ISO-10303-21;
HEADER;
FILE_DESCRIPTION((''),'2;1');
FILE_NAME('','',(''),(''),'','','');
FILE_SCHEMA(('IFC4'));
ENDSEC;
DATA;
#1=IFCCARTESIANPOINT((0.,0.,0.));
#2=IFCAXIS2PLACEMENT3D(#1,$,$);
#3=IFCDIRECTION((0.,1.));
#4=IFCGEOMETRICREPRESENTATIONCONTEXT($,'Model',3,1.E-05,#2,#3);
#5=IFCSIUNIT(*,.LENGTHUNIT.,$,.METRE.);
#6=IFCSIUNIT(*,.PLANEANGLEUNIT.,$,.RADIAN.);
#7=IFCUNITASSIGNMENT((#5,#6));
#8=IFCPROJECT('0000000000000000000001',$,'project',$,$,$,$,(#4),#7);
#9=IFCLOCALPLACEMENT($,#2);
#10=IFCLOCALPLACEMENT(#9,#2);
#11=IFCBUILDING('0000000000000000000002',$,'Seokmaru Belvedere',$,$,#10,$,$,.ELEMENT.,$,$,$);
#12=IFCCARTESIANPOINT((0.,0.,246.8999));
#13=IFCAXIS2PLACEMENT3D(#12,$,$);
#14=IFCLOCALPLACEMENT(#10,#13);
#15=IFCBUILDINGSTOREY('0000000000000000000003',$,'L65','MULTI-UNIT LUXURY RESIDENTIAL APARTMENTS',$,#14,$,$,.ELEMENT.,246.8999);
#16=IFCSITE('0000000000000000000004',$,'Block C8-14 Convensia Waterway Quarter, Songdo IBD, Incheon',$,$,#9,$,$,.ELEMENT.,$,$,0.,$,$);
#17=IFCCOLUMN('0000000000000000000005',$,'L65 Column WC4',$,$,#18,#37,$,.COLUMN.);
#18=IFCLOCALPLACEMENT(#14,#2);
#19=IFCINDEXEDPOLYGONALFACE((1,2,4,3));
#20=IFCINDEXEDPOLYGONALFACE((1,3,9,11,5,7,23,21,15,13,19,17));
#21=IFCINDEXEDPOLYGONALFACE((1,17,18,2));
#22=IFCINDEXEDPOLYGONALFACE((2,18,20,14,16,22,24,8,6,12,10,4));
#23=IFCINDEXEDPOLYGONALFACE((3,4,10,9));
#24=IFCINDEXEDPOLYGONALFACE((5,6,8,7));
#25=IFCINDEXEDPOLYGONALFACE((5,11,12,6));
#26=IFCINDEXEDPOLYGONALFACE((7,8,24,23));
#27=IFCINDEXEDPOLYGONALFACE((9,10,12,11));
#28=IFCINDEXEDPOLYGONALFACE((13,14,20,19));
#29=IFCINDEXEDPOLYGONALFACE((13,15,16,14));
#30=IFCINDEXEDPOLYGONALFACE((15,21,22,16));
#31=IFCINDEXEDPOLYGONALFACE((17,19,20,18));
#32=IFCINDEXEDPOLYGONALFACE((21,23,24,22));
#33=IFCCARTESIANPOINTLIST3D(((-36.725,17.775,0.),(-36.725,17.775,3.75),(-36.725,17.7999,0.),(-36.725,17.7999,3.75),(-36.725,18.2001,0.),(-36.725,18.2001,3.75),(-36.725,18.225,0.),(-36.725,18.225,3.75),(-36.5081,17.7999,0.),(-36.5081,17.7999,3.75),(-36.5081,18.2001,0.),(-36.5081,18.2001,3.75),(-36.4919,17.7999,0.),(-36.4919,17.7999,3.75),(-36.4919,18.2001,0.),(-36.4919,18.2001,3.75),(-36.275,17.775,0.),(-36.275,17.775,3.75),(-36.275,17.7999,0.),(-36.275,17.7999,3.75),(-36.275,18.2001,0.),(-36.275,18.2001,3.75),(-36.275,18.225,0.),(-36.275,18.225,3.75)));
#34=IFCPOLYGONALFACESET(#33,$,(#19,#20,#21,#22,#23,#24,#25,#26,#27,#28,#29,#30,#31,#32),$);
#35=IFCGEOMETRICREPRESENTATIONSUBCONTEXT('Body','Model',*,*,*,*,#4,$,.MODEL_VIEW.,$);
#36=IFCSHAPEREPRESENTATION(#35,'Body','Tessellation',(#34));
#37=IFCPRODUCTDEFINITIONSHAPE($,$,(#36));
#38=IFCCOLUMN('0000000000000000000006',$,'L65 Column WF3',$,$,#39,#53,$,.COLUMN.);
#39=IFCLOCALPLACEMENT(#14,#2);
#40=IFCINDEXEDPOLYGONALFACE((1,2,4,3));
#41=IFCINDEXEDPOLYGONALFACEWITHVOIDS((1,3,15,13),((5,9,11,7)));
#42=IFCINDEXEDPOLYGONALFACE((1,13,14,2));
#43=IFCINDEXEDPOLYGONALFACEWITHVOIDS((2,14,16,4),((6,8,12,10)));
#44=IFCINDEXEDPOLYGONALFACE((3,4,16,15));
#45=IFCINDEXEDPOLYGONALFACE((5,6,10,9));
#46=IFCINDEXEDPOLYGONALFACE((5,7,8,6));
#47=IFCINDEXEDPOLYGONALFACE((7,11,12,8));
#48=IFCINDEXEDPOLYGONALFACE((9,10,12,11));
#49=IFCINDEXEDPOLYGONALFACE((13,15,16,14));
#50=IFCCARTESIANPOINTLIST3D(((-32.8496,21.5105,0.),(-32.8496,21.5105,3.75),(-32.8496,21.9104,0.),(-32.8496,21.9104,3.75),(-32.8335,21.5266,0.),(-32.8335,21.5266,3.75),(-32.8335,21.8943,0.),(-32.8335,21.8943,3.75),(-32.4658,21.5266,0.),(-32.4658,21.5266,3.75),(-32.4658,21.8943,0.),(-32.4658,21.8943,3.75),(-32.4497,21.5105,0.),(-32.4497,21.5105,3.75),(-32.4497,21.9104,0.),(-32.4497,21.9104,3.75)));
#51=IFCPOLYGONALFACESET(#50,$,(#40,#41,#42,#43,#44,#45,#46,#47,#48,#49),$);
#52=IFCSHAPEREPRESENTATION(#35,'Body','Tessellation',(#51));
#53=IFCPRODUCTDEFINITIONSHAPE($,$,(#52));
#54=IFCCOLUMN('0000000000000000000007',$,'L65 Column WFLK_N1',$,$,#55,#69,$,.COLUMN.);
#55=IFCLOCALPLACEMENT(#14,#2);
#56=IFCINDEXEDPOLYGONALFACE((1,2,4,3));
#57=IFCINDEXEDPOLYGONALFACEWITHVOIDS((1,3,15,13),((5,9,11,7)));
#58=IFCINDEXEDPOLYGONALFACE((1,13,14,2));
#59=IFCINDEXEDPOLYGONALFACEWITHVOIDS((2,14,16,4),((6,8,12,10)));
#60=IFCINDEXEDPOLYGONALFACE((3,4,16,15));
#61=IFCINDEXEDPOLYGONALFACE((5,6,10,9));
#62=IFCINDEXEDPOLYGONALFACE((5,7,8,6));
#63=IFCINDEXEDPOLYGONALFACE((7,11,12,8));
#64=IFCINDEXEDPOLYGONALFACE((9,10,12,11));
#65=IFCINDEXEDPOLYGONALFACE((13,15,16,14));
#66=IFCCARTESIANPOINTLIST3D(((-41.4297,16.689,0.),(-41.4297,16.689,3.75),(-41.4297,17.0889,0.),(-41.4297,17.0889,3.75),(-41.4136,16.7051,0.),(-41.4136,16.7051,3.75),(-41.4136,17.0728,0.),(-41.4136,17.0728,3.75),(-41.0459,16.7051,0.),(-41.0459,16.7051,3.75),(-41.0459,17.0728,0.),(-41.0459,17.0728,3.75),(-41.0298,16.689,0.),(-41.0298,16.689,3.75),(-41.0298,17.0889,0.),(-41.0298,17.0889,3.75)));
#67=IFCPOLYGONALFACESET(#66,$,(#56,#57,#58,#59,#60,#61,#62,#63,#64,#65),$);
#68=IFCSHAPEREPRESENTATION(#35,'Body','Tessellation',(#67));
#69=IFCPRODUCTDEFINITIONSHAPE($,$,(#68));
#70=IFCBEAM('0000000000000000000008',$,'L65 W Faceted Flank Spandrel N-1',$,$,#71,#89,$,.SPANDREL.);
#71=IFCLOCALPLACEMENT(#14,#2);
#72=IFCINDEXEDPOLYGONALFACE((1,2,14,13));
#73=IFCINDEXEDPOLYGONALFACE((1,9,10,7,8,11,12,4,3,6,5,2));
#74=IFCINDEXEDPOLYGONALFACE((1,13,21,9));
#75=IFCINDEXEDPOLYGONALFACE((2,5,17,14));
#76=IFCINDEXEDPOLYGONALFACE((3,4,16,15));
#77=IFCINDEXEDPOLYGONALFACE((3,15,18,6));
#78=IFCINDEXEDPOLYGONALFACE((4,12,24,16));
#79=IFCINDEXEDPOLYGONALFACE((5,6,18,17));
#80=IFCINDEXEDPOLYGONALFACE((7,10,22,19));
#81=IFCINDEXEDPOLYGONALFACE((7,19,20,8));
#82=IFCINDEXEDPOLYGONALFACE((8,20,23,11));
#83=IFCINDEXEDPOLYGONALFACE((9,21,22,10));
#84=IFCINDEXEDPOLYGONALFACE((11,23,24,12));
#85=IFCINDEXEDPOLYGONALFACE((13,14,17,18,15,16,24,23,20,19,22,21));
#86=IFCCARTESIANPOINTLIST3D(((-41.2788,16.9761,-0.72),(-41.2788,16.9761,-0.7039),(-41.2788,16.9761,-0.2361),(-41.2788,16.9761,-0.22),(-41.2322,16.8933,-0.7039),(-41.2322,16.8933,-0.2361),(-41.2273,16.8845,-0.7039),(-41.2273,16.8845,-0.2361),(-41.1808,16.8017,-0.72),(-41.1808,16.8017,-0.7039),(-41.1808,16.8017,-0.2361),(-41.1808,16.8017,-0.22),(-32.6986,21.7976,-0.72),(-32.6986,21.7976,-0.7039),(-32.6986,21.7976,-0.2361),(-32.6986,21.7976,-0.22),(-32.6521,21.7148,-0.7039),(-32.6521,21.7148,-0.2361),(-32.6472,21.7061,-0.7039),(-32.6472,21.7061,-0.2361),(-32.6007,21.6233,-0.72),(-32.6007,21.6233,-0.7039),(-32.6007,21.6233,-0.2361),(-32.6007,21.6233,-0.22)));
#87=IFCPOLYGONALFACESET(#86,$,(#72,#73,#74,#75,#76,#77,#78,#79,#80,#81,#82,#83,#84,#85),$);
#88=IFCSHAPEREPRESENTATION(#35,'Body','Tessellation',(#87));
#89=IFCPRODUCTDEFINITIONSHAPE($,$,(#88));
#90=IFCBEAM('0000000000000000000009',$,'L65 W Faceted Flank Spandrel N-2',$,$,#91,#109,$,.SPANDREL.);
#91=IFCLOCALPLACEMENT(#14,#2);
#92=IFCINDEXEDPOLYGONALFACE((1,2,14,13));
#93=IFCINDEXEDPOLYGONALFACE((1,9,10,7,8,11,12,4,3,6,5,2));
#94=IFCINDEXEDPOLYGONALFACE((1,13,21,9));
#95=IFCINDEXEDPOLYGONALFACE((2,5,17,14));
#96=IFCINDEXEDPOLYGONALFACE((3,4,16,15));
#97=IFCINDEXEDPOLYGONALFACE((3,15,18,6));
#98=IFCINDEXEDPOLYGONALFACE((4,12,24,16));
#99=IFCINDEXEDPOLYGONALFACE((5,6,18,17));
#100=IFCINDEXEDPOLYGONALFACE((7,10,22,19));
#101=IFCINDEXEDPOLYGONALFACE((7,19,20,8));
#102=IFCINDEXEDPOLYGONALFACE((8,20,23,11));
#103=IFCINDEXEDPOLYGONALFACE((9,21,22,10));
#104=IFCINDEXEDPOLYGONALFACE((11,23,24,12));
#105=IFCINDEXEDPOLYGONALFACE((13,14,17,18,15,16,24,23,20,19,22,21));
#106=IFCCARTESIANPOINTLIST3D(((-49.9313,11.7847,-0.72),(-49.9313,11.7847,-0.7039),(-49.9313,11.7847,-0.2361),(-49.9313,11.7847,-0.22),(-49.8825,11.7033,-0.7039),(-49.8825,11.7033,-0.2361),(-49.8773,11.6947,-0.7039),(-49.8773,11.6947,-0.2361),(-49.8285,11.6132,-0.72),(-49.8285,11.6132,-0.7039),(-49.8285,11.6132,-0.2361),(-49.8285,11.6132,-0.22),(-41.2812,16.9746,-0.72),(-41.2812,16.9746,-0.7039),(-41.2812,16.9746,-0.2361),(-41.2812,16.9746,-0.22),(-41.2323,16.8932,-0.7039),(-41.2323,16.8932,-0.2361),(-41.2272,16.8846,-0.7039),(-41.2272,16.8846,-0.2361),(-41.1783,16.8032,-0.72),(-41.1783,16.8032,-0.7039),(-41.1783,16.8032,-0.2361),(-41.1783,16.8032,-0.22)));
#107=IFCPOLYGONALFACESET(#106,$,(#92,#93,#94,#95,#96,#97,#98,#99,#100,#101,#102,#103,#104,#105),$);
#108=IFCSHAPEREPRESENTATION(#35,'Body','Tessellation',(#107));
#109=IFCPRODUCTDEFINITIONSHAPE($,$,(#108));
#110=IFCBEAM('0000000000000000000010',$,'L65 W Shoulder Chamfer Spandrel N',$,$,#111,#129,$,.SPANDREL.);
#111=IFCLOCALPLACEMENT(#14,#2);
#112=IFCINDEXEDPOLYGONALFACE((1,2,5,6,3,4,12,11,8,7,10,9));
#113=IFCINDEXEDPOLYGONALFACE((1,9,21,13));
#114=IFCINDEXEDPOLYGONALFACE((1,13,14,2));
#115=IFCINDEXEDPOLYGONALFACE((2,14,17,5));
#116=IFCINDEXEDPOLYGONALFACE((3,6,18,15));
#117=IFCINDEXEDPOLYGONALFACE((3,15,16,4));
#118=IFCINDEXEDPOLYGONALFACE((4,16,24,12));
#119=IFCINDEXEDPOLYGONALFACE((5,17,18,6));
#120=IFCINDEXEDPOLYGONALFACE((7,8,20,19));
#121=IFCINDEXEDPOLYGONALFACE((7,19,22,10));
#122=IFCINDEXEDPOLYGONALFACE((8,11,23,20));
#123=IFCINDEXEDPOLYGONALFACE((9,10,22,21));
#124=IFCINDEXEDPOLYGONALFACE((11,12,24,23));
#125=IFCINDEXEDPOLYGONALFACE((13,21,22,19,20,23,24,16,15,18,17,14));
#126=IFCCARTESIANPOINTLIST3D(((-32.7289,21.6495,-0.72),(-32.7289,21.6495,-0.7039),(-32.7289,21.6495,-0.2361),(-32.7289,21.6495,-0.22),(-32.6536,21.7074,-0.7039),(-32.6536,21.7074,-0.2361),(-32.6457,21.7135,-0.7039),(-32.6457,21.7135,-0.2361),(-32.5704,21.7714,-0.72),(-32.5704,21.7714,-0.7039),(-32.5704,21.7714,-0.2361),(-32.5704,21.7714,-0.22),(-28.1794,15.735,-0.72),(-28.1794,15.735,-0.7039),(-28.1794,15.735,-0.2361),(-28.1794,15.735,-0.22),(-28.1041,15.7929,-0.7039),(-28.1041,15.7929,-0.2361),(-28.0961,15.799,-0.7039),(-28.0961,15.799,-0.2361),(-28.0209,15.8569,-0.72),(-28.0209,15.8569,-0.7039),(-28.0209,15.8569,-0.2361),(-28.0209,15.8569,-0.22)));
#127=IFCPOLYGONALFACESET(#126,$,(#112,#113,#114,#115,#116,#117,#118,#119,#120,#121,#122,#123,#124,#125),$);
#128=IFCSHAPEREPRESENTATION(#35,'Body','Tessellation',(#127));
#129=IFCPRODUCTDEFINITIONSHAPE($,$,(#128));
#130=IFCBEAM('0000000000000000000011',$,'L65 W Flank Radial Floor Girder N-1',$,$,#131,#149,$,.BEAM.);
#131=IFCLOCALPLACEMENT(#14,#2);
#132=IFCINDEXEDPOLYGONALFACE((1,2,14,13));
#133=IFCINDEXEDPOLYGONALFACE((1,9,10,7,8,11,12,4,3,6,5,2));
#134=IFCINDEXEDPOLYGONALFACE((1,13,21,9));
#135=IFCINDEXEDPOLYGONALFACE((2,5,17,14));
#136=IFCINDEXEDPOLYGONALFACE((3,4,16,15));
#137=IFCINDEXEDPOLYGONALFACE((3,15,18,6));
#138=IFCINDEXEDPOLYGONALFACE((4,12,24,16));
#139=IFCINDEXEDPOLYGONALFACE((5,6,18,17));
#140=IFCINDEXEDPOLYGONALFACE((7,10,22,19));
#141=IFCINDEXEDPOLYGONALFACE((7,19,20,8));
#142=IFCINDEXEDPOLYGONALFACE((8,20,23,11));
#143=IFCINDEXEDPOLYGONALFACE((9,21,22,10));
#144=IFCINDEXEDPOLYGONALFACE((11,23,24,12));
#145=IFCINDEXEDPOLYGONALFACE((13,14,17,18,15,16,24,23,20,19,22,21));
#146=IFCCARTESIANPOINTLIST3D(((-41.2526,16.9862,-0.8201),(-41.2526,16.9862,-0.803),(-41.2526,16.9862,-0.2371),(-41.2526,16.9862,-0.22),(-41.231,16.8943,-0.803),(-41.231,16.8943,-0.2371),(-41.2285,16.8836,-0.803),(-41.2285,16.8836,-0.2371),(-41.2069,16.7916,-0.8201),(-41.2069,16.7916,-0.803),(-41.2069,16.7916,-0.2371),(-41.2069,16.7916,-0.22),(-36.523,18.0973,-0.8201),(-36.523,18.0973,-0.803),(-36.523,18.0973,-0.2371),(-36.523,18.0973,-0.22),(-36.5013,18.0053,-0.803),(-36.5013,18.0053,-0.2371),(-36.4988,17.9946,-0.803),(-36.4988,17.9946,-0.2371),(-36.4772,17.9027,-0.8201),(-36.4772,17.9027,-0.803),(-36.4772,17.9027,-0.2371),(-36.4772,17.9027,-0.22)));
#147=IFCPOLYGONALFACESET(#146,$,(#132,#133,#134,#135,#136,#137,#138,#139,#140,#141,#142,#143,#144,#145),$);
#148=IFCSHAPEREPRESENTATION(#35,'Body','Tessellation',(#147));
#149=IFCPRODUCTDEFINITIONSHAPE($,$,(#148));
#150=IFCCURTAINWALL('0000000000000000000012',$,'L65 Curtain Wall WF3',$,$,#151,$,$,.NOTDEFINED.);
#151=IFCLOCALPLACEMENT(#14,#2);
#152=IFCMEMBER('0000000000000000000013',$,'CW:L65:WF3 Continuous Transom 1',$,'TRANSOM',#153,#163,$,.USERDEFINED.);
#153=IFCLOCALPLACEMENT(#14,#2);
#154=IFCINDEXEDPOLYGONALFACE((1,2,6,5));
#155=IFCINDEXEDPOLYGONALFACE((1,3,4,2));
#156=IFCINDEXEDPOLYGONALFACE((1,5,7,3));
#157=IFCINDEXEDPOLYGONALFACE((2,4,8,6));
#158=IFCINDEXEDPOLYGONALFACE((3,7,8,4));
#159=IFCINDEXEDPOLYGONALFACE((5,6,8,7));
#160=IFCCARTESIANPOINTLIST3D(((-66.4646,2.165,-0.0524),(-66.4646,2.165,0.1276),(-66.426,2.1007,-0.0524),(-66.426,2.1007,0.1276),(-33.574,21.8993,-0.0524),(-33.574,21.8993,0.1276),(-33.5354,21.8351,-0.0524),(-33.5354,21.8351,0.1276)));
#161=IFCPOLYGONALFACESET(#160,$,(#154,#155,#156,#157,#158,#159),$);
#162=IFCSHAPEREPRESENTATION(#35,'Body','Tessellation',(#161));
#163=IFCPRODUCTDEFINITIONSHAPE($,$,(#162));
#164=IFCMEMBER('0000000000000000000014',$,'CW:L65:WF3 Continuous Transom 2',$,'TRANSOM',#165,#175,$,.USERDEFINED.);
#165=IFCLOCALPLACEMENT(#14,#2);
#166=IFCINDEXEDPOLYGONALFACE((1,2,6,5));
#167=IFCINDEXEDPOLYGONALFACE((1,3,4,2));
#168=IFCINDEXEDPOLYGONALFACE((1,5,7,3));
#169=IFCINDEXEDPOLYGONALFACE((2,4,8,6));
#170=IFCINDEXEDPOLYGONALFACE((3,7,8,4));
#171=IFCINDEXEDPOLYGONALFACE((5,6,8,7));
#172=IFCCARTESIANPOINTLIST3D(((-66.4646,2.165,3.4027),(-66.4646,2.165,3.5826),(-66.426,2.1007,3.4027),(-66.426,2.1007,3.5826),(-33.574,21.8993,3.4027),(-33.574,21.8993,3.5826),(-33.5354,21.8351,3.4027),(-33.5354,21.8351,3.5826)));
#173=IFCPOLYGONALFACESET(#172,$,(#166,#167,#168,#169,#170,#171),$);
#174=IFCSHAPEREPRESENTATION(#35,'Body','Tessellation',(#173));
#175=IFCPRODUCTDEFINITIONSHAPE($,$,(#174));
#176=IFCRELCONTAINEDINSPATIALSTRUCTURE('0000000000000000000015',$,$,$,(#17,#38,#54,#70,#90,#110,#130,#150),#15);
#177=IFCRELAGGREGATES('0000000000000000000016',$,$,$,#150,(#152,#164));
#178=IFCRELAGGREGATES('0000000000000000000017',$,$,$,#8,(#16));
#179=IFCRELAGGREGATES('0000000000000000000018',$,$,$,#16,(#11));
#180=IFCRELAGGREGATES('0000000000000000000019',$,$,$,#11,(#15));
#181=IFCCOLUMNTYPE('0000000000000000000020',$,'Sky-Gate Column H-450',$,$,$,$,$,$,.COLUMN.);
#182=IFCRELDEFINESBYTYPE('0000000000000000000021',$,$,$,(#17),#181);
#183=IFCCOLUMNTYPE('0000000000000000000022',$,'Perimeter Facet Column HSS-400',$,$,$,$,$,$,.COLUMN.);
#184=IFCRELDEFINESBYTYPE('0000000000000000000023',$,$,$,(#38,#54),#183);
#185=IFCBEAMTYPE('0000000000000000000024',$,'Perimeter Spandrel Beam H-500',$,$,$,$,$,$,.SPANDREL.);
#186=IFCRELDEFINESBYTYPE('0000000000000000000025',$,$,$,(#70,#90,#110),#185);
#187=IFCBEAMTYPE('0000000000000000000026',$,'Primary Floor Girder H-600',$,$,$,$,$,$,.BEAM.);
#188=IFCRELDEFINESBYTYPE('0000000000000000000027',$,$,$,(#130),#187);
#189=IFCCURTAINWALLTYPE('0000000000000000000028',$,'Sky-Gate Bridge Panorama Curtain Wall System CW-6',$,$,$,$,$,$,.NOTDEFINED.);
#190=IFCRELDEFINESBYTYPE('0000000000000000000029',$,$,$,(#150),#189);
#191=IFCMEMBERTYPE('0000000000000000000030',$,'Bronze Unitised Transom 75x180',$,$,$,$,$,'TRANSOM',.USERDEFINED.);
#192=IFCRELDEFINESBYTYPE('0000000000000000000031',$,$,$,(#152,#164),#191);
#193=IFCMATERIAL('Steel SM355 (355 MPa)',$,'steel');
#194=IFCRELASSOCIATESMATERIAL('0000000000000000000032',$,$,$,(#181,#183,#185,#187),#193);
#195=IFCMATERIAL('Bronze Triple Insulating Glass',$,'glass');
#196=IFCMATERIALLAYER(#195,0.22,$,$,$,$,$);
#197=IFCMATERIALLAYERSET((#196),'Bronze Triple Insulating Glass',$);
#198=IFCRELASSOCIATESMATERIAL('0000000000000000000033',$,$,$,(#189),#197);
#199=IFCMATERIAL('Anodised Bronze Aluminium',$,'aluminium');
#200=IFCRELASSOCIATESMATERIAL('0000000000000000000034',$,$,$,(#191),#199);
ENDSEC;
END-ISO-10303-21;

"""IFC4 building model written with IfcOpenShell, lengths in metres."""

from ifc_helpers import new_model, si_unit, direction, frame, origin, origin_2d, place, context, subcontext, project, spatial, rectangle, hollow_rectangle, i_section, extrude, source, transform, mapped, material, layer, layer_set, material_profile, profile_set, type_object, type_shapes, element, aggregate, save


model = new_model("IFC4")

# Units and contexts
model_context = context("Model", 3, precision=1e-05, world=origin(), true_north=direction((0.0, 1.0)))
body_context = subcontext(model_context, "Body", "Model", "MODEL_VIEW")
ifc_project = project(units=[si_unit("LENGTHUNIT", "METRE"), si_unit("PLANEANGLEUNIT", "RADIAN")], contexts=[model_context])

# Site, building, storey
site_placement = place(None, origin())
site = spatial("IfcSite", under=ifc_project, at=site_placement, Name="Block C8-14 Convensia Waterway Quarter, Songdo IBD, Incheon", CompositionType="ELEMENT", RefElevation=0.0)
building_placement = place(site_placement, origin())
building = spatial("IfcBuilding", under=site, at=building_placement, Name="Seokmaru Belvedere", CompositionType="ELEMENT")
storey_placement = place(building_placement, frame((0.0, 0.0, 246.8999)))
storey = spatial("IfcBuildingStorey", under=building, at=storey_placement, Name="L65", Description="MULTI-UNIT LUXURY RESIDENTIAL APARTMENTS", CompositionType="ELEMENT", Elevation=246.8999)

# Columns
ifc_material_1 = material(Name="Steel SM355 (355 MPa)", Category="steel")
ifc_material_profile_1 = material_profile(ifc_material_1, i_section(OverallWidth=0.45, OverallDepth=0.45, WebThickness=0.0161, FlangeThickness=0.0249, at=origin_2d()), Name="H-450x450x16x25")
ifc_profile_set_1 = profile_set([ifc_material_profile_1], Name="Steel SM355 (355 MPa)")
column_type_1 = type_object("IfcColumnType", Name="Sky-Gate Column H-450", PredefinedType="COLUMN", material=ifc_profile_set_1)
shared_shape_1 = source(origin(), body_context, "Body", "SweptSolid", [
    extrude(i_section(OverallWidth=0.45, OverallDepth=0.45, WebThickness=0.0161, FlangeThickness=0.0249, at=origin_2d()), origin(), (0.0, 0.0, 1.0), 3.75),
])
type_shapes(column_type_1, [shared_shape_1])
column_placement = place(storey_placement, frame((-36.5, 18.0, 0.0), z_axis=(0.0, 0.0, 1.0), x_axis=(1.0, 0.0, 0.0)))
element("IfcColumn", 1, at=column_placement, inside=storey, type_object=column_type_1, Name="L65 Column WC4", PredefinedType="COLUMN", context=body_context, shape_type="MappedRepresentation", body=[
    mapped(shared_shape_1, transform((0.0, 0.0, 0.0), scale=1.0)),
])
ifc_material_profile_2 = material_profile(ifc_material_1, hollow_rectangle(XDim=0.3999, YDim=0.3999, WallThickness=0.0161, at=origin_2d()), Name="HSS-400x400x16")
ifc_profile_set_2 = profile_set([ifc_material_profile_2], Name="Steel SM355 (355 MPa)")
column_type_2 = type_object("IfcColumnType", Name="Perimeter Facet Column HSS-400", PredefinedType="COLUMN", material=ifc_profile_set_2)
shared_shape_2 = source(origin(), body_context, "Body", "SweptSolid", [
    extrude(hollow_rectangle(XDim=0.3999, YDim=0.3999, WallThickness=0.0161, at=origin_2d()), origin(), (0.0, 0.0, 1.0), 3.75),
])
type_shapes(column_type_2, [shared_shape_2])
for number, where, z_axis, x_axis, name in (
    (2, (-32.6497, 21.7104, 0.0), (0.0, 0.0, 1.0), (1.0, 0.0, 0.0), "L65 Column WF3"),
    (3, (-41.2297, 16.8889, 0.0), (0.0, 0.0, 1.0), (1.0, 0.0, 0.0), "L65 Column WFLK_N1"),
):
    element("IfcColumn", number, at=place(storey_placement, frame(where, z_axis=z_axis, x_axis=x_axis)), inside=storey, type_object=column_type_2, Name=name, PredefinedType="COLUMN", context=body_context, shape_type="MappedRepresentation", body=[
        mapped(shared_shape_2, transform((0.0, 0.0, 0.0), scale=1.0)),
    ])

# Beams
ifc_material_profile_3 = material_profile(ifc_material_1, i_section(OverallWidth=0.2, OverallDepth=0.5, WebThickness=0.01, FlangeThickness=0.0161, at=origin_2d()), Name="H-500x200x10x16")
ifc_profile_set_3 = profile_set([ifc_material_profile_3], Name="Steel SM355 (355 MPa)")
beam_type_1 = type_object("IfcBeamType", Name="Perimeter Spandrel Beam H-500", PredefinedType="SPANDREL", material=ifc_profile_set_3)
shared_shape_3 = source(origin(), body_context, "Body", "SweptSolid", [
    extrude(i_section(OverallWidth=0.2, OverallDepth=0.5, WebThickness=0.01, FlangeThickness=0.0161, at=origin_2d()), origin(), (0.0, 0.0, 1.0), 9.842),
])
beam_1_placement = place(storey_placement, frame((-32.6497, 21.7104, -0.47), z_axis=(-0.871782, -0.489894, 0.0), x_axis=(0.489894, -0.871782, 0.0)))
element("IfcBeam", 4, at=beam_1_placement, inside=storey, type_object=beam_type_1, Name="L65 W Faceted Flank Spandrel N-1", PredefinedType="SPANDREL", context=body_context, shape_type="MappedRepresentation", body=[
    mapped(shared_shape_3, transform((0.0, 0.0, 0.0), scale=1.0)),
])
shared_shape_4 = source(origin(), body_context, "Body", "SweptSolid", [
    extrude(i_section(OverallWidth=0.2, OverallDepth=0.5, WebThickness=0.01, FlangeThickness=0.0161, at=origin_2d()), origin(), (0.0, 0.0, 1.0), 10.0876),
])
beam_2_placement = place(storey_placement, frame((-41.2297, 16.8889, -0.47), z_axis=(-0.857499, -0.514485, 0.0), x_axis=(0.514485, -0.857499, 0.0)))
element("IfcBeam", 5, at=beam_2_placement, inside=storey, type_object=beam_type_1, Name="L65 W Faceted Flank Spandrel N-2", PredefinedType="SPANDREL", context=body_context, shape_type="MappedRepresentation", body=[
    mapped(shared_shape_4, transform((0.0, 0.0, 0.0), scale=1.0)),
])
shared_shape_5 = source(origin(), body_context, "Body", "SweptSolid", [
    extrude(i_section(OverallWidth=0.2, OverallDepth=0.5, WebThickness=0.01, FlangeThickness=0.0161, at=origin_2d()), origin(), (0.0, 0.0, 1.0), 7.4619),
])
type_shapes(beam_type_1, [shared_shape_3, shared_shape_4, shared_shape_5])
beam_3_placement = place(storey_placement, frame((-32.6497, 21.7104, -0.47), z_axis=(0.609703, -0.79263, 0.0), x_axis=(0.79263, 0.609703, 0.0)))
element("IfcBeam", 6, at=beam_3_placement, inside=storey, type_object=beam_type_1, Name="L65 W Shoulder Chamfer Spandrel N", PredefinedType="SPANDREL", context=body_context, shape_type="MappedRepresentation", body=[
    mapped(shared_shape_5, transform((0.0, 0.0, 0.0), scale=1.0)),
])
ifc_material_profile_4 = material_profile(ifc_material_1, i_section(OverallWidth=0.2, OverallDepth=0.6001, WebThickness=0.011, FlangeThickness=0.0171, at=origin_2d()), Name="H-600x200x11x17")
ifc_profile_set_4 = profile_set([ifc_material_profile_4], Name="Steel SM355 (355 MPa)")
beam_type_2 = type_object("IfcBeamType", Name="Primary Floor Girder H-600", PredefinedType="BEAM", material=ifc_profile_set_4)
shared_shape_6 = source(origin(), body_context, "Body", "SweptSolid", [
    extrude(i_section(OverallWidth=0.2, OverallDepth=0.6001, WebThickness=0.011, FlangeThickness=0.0171, at=origin_2d()), origin(), (0.0, 0.0, 1.0), 4.8584),
])
type_shapes(beam_type_2, [shared_shape_6])
beam_4_placement = place(storey_placement, frame((-41.2297, 16.8889, -0.52), z_axis=(0.973499, 0.228689, 0.0), x_axis=(-0.228689, 0.973499, 0.0)))
element("IfcBeam", 7, at=beam_4_placement, inside=storey, type_object=beam_type_2, Name="L65 W Flank Radial Floor Girder N-1", PredefinedType="BEAM", context=body_context, shape_type="MappedRepresentation", body=[
    mapped(shared_shape_6, transform((0.0, 0.0, 0.0), scale=1.0)),
])

# Curtain wall, members
ifc_material_2 = material(Name="Bronze Triple Insulating Glass", Category="glass")
ifc_layer_1 = layer(ifc_material_2, 0.22)
ifc_layer_set_1 = layer_set([ifc_layer_1], Name="Bronze Triple Insulating Glass")
curtain_wall_type = type_object("IfcCurtainWallType", Name="Sky-Gate Bridge Panorama Curtain Wall System CW-6", PredefinedType="NOTDEFINED", material=ifc_layer_set_1)
curtain_wall_1_placement = place(storey_placement, origin())
curtain_wall_1 = element("IfcCurtainWall", 8, at=curtain_wall_1_placement, inside=storey, type_object=curtain_wall_type, Name="L65 Curtain Wall WF3", PredefinedType="NOTDEFINED")
ifc_material_3 = material(Name="Anodised Bronze Aluminium", Category="aluminium")
ifc_material_profile_5 = material_profile(ifc_material_3, rectangle(XDim=0.075, YDim=0.1799, at=origin_2d()), Name="CW-T-75x180")
ifc_profile_set_5 = profile_set([ifc_material_profile_5], Name="Anodised Bronze Aluminium")
member_type_1 = type_object("IfcMemberType", Name="Bronze Unitised Transom 75x180", ElementType="TRANSOM", PredefinedType="USERDEFINED", material=ifc_profile_set_5)
shared_shape_7 = source(origin(), body_context, "Body", "SweptSolid", [
    extrude(rectangle(XDim=0.075, YDim=0.1799, at=origin_2d()), origin(), (0.0, 0.0, 1.0), 38.3567),
])
type_shapes(member_type_1, [shared_shape_7])
member_1_placement = place(storey_placement, frame((-33.5547, 21.8672, 0.0376), z_axis=(-0.857493, -0.514496, 0.0), x_axis=(0.514496, -0.857493, 0.0)))
member_1 = element("IfcMember", 9, at=member_1_placement, type_object=member_type_1, Name="CW:L65:WF3 Continuous Transom 1", ObjectType="TRANSOM", PredefinedType="USERDEFINED", context=body_context, shape_type="MappedRepresentation", body=[
    mapped(shared_shape_7, transform((0.0, 0.0, 0.0), scale=1.0)),
])
member_2_placement = place(storey_placement, frame((-33.5547, 21.8672, 3.4927), z_axis=(-0.857493, -0.514496, 0.0), x_axis=(0.514496, -0.857493, 0.0)))
member_2 = element("IfcMember", 10, at=member_2_placement, type_object=member_type_1, Name="CW:L65:WF3 Continuous Transom 2", ObjectType="TRANSOM", PredefinedType="USERDEFINED", context=body_context, shape_type="MappedRepresentation", body=[
    mapped(shared_shape_7, transform((0.0, 0.0, 0.0), scale=1.0)),
])

aggregate(curtain_wall_1, [member_1, member_2])

save(model, "model.ifc")
